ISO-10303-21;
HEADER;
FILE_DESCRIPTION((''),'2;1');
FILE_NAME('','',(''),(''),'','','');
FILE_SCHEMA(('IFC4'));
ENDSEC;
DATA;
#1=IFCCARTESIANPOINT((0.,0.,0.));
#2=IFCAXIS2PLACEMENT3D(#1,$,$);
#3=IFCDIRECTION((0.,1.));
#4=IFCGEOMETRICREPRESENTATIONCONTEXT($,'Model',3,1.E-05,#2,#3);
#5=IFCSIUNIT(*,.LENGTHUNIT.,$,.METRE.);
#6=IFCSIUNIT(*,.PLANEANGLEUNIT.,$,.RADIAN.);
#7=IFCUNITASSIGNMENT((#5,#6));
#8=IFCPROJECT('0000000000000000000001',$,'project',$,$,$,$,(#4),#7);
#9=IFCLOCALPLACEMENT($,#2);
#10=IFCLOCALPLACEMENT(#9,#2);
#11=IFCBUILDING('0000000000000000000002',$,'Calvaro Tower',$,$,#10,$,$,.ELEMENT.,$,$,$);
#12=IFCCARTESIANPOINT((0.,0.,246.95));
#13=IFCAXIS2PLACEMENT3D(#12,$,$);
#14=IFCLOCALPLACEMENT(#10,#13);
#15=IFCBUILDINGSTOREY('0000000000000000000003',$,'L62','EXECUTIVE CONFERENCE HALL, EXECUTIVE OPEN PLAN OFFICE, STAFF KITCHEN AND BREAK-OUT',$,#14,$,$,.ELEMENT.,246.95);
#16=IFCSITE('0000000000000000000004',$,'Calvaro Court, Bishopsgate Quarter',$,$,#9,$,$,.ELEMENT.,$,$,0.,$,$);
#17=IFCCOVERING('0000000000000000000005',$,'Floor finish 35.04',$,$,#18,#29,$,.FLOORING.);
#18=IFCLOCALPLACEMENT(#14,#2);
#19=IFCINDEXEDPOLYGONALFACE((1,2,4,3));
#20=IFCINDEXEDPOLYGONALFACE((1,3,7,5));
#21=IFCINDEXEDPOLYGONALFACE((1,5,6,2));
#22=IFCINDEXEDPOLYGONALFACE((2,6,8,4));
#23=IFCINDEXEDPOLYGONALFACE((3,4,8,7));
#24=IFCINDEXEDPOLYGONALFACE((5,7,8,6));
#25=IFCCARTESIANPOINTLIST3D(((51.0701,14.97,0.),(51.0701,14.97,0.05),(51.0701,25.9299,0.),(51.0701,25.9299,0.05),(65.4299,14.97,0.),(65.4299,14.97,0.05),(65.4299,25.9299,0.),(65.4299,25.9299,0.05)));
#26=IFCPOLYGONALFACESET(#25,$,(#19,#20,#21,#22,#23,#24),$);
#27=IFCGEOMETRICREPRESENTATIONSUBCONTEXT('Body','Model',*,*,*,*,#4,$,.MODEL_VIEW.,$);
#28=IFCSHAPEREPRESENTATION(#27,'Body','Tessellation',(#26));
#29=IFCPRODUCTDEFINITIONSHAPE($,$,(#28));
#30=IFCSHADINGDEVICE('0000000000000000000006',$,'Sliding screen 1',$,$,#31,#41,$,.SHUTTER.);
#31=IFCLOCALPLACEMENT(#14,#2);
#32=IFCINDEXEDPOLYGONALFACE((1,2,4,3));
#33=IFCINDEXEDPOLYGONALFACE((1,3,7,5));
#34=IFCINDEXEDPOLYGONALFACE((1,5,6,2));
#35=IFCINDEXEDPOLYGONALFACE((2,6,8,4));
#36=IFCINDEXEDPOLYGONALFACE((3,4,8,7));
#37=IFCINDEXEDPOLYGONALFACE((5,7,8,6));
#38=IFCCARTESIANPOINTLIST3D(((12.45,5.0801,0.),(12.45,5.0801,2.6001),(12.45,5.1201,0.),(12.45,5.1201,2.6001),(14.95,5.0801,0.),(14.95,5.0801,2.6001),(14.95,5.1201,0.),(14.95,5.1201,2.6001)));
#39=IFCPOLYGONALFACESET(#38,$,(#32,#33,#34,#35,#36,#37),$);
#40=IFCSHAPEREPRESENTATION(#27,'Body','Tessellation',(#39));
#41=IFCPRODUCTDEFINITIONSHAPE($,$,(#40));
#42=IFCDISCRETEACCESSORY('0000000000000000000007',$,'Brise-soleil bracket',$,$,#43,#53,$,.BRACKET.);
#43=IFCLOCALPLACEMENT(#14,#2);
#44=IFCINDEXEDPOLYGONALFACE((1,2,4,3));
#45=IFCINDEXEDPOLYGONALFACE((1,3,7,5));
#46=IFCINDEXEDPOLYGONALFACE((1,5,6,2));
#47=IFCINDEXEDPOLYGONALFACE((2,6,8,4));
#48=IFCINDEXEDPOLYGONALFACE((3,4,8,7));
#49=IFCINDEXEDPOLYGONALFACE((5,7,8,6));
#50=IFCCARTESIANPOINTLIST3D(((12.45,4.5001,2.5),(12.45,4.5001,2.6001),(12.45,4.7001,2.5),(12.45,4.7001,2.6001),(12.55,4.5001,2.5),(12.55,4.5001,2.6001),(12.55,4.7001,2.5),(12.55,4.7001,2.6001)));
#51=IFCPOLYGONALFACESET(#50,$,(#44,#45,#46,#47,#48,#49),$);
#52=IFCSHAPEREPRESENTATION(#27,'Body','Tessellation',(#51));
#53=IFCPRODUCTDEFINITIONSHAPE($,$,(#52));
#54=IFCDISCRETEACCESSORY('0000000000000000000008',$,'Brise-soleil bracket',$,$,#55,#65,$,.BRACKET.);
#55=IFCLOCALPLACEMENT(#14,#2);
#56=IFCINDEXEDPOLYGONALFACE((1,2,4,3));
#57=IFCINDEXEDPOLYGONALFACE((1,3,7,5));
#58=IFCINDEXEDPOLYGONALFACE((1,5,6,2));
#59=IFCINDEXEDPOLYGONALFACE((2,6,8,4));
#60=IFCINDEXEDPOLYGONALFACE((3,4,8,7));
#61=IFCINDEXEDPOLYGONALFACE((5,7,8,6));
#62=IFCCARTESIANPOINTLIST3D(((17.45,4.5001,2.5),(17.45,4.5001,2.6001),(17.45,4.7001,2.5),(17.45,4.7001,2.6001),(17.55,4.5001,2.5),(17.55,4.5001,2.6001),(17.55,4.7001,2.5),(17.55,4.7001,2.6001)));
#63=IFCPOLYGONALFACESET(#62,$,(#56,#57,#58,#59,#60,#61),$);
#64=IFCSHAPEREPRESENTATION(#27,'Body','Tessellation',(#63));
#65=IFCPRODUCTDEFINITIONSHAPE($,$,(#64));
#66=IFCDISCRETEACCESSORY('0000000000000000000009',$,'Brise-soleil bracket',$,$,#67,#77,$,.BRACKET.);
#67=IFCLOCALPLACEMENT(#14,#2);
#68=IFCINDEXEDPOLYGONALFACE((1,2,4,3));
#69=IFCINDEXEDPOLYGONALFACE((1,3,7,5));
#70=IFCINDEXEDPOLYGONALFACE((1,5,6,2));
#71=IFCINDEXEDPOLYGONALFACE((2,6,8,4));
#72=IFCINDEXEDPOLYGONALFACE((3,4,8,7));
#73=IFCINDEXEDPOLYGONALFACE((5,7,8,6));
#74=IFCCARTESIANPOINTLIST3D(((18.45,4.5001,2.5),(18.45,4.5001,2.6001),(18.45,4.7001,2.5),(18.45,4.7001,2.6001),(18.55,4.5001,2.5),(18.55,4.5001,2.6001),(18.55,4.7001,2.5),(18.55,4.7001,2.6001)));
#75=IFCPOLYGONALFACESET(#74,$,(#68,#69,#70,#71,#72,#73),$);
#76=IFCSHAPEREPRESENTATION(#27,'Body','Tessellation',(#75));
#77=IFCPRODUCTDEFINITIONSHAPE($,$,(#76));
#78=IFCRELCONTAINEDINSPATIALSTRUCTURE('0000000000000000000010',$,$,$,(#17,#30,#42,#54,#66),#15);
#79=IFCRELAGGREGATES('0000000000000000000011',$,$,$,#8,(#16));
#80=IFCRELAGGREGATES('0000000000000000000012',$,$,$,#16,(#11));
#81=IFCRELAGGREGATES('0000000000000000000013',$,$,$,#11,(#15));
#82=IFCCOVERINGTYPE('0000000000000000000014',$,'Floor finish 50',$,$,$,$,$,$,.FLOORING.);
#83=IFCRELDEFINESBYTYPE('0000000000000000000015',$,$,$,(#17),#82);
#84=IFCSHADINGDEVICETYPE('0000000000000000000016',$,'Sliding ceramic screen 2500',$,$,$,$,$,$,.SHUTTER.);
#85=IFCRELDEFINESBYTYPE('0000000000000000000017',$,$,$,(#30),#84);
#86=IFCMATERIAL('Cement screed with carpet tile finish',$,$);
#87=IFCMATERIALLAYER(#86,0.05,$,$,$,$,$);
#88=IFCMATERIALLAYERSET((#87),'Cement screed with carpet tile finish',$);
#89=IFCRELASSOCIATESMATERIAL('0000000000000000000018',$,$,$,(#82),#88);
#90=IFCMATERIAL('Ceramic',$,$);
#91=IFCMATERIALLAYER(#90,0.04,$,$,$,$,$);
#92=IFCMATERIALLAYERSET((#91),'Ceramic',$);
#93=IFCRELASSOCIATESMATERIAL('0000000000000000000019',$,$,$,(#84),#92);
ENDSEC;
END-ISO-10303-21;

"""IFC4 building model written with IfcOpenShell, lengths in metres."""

from ifc_helpers import new_model, si_unit, direction, frame, origin, origin_2d, place, context, subcontext, project, spatial, polyline, rectangle, outline, extrude, material, layer, layer_set, type_object, element, save


model = new_model("IFC4")

# Units and contexts
model_context = context("Model", 3, precision=1e-05, world=origin(), true_north=direction((0.0, 1.0)))
body_context = subcontext(model_context, "Body", "Model", "MODEL_VIEW")
ifc_project = project(units=[si_unit("LENGTHUNIT", "METRE"), si_unit("PLANEANGLEUNIT", "RADIAN")], contexts=[model_context])

# Site, building, storey
site_placement = place(None, origin())
site = spatial("IfcSite", under=ifc_project, at=site_placement, Name="Calvaro Court, Bishopsgate Quarter", CompositionType="ELEMENT", RefElevation=0.0)
building_placement = place(site_placement, origin())
building = spatial("IfcBuilding", under=site, at=building_placement, Name="Calvaro Tower", CompositionType="ELEMENT")
storey_placement = place(building_placement, frame((0.0, 0.0, 246.95)))
storey = spatial("IfcBuildingStorey", under=building, at=storey_placement, Name="L62", Description="EXECUTIVE CONFERENCE HALL, EXECUTIVE OPEN PLAN OFFICE, STAFF KITCHEN AND BREAK-OUT", CompositionType="ELEMENT", Elevation=246.95)

# Covering
ifc_material_1 = material(Name="Cement screed with carpet tile finish")
ifc_layer_1 = layer(ifc_material_1, 0.05)
ifc_layer_set_1 = layer_set([ifc_layer_1], Name="Cement screed with carpet tile finish")
covering_type = type_object("IfcCoveringType", Name="Floor finish 50", PredefinedType="FLOORING", material=ifc_layer_set_1)
covering_1_placement = place(storey_placement, origin())
element("IfcCovering", 1, at=covering_1_placement, inside=storey, type_object=covering_type, Name="Floor finish 35.04", PredefinedType="FLOORING", context=body_context, shape_type="SweptSolid", body=[
    extrude(outline(polyline([(65.4299, 14.97), (51.0701, 14.97), (51.0701, 25.9299), (65.4299, 25.9299), (65.4299, 14.97)])), origin(), (0.0, 0.0, 1.0), 0.05),
])

# Shading device
ifc_material_2 = material(Name="Ceramic")
ifc_layer_2 = layer(ifc_material_2, 0.04)
ifc_layer_set_2 = layer_set([ifc_layer_2], Name="Ceramic")
shading_device_type_1 = type_object("IfcShadingDeviceType", Name="Sliding ceramic screen 2500", PredefinedType="SHUTTER", material=ifc_layer_set_2)
shading_device_placement = place(storey_placement, frame((13.7, 5.1001, 0.0), z_axis=(0.0, 0.0, 1.0), x_axis=(1.0, 0.0, 0.0)))
element("IfcShadingDevice", 2, at=shading_device_placement, inside=storey, type_object=shading_device_type_1, Name="Sliding screen 1", PredefinedType="SHUTTER", context=body_context, shape_type="SweptSolid", body=[
    extrude(rectangle(XDim=2.5, YDim=0.04, at=origin_2d()), origin(), (0.0, 0.0, 1.0), 2.6001),
])

# Discrete accessories
for number, where, z_axis, x_axis, name in (
    (3, (12.5, 4.6001, 2.5), (0.0, 0.0, 1.0), (1.0, 0.0, 0.0), "Brise-soleil bracket"),
    (4, (17.5, 4.6001, 2.5), (0.0, 0.0, 1.0), (1.0, 0.0, 0.0), "Brise-soleil bracket"),
    (5, (18.5, 4.6001, 2.5), (0.0, 0.0, 1.0), (1.0, 0.0, 0.0), "Brise-soleil bracket"),
):
    element("IfcDiscreteAccessory", number, at=place(storey_placement, frame(where, z_axis=z_axis, x_axis=x_axis)), inside=storey, Name=name, PredefinedType="BRACKET", context=body_context, shape_type="SweptSolid", body=[
        extrude(rectangle(XDim=0.1001, YDim=0.2, at=origin_2d()), origin(), (0.0, 0.0, 1.0), 0.1001),
    ])

save(model, "model.ifc")
